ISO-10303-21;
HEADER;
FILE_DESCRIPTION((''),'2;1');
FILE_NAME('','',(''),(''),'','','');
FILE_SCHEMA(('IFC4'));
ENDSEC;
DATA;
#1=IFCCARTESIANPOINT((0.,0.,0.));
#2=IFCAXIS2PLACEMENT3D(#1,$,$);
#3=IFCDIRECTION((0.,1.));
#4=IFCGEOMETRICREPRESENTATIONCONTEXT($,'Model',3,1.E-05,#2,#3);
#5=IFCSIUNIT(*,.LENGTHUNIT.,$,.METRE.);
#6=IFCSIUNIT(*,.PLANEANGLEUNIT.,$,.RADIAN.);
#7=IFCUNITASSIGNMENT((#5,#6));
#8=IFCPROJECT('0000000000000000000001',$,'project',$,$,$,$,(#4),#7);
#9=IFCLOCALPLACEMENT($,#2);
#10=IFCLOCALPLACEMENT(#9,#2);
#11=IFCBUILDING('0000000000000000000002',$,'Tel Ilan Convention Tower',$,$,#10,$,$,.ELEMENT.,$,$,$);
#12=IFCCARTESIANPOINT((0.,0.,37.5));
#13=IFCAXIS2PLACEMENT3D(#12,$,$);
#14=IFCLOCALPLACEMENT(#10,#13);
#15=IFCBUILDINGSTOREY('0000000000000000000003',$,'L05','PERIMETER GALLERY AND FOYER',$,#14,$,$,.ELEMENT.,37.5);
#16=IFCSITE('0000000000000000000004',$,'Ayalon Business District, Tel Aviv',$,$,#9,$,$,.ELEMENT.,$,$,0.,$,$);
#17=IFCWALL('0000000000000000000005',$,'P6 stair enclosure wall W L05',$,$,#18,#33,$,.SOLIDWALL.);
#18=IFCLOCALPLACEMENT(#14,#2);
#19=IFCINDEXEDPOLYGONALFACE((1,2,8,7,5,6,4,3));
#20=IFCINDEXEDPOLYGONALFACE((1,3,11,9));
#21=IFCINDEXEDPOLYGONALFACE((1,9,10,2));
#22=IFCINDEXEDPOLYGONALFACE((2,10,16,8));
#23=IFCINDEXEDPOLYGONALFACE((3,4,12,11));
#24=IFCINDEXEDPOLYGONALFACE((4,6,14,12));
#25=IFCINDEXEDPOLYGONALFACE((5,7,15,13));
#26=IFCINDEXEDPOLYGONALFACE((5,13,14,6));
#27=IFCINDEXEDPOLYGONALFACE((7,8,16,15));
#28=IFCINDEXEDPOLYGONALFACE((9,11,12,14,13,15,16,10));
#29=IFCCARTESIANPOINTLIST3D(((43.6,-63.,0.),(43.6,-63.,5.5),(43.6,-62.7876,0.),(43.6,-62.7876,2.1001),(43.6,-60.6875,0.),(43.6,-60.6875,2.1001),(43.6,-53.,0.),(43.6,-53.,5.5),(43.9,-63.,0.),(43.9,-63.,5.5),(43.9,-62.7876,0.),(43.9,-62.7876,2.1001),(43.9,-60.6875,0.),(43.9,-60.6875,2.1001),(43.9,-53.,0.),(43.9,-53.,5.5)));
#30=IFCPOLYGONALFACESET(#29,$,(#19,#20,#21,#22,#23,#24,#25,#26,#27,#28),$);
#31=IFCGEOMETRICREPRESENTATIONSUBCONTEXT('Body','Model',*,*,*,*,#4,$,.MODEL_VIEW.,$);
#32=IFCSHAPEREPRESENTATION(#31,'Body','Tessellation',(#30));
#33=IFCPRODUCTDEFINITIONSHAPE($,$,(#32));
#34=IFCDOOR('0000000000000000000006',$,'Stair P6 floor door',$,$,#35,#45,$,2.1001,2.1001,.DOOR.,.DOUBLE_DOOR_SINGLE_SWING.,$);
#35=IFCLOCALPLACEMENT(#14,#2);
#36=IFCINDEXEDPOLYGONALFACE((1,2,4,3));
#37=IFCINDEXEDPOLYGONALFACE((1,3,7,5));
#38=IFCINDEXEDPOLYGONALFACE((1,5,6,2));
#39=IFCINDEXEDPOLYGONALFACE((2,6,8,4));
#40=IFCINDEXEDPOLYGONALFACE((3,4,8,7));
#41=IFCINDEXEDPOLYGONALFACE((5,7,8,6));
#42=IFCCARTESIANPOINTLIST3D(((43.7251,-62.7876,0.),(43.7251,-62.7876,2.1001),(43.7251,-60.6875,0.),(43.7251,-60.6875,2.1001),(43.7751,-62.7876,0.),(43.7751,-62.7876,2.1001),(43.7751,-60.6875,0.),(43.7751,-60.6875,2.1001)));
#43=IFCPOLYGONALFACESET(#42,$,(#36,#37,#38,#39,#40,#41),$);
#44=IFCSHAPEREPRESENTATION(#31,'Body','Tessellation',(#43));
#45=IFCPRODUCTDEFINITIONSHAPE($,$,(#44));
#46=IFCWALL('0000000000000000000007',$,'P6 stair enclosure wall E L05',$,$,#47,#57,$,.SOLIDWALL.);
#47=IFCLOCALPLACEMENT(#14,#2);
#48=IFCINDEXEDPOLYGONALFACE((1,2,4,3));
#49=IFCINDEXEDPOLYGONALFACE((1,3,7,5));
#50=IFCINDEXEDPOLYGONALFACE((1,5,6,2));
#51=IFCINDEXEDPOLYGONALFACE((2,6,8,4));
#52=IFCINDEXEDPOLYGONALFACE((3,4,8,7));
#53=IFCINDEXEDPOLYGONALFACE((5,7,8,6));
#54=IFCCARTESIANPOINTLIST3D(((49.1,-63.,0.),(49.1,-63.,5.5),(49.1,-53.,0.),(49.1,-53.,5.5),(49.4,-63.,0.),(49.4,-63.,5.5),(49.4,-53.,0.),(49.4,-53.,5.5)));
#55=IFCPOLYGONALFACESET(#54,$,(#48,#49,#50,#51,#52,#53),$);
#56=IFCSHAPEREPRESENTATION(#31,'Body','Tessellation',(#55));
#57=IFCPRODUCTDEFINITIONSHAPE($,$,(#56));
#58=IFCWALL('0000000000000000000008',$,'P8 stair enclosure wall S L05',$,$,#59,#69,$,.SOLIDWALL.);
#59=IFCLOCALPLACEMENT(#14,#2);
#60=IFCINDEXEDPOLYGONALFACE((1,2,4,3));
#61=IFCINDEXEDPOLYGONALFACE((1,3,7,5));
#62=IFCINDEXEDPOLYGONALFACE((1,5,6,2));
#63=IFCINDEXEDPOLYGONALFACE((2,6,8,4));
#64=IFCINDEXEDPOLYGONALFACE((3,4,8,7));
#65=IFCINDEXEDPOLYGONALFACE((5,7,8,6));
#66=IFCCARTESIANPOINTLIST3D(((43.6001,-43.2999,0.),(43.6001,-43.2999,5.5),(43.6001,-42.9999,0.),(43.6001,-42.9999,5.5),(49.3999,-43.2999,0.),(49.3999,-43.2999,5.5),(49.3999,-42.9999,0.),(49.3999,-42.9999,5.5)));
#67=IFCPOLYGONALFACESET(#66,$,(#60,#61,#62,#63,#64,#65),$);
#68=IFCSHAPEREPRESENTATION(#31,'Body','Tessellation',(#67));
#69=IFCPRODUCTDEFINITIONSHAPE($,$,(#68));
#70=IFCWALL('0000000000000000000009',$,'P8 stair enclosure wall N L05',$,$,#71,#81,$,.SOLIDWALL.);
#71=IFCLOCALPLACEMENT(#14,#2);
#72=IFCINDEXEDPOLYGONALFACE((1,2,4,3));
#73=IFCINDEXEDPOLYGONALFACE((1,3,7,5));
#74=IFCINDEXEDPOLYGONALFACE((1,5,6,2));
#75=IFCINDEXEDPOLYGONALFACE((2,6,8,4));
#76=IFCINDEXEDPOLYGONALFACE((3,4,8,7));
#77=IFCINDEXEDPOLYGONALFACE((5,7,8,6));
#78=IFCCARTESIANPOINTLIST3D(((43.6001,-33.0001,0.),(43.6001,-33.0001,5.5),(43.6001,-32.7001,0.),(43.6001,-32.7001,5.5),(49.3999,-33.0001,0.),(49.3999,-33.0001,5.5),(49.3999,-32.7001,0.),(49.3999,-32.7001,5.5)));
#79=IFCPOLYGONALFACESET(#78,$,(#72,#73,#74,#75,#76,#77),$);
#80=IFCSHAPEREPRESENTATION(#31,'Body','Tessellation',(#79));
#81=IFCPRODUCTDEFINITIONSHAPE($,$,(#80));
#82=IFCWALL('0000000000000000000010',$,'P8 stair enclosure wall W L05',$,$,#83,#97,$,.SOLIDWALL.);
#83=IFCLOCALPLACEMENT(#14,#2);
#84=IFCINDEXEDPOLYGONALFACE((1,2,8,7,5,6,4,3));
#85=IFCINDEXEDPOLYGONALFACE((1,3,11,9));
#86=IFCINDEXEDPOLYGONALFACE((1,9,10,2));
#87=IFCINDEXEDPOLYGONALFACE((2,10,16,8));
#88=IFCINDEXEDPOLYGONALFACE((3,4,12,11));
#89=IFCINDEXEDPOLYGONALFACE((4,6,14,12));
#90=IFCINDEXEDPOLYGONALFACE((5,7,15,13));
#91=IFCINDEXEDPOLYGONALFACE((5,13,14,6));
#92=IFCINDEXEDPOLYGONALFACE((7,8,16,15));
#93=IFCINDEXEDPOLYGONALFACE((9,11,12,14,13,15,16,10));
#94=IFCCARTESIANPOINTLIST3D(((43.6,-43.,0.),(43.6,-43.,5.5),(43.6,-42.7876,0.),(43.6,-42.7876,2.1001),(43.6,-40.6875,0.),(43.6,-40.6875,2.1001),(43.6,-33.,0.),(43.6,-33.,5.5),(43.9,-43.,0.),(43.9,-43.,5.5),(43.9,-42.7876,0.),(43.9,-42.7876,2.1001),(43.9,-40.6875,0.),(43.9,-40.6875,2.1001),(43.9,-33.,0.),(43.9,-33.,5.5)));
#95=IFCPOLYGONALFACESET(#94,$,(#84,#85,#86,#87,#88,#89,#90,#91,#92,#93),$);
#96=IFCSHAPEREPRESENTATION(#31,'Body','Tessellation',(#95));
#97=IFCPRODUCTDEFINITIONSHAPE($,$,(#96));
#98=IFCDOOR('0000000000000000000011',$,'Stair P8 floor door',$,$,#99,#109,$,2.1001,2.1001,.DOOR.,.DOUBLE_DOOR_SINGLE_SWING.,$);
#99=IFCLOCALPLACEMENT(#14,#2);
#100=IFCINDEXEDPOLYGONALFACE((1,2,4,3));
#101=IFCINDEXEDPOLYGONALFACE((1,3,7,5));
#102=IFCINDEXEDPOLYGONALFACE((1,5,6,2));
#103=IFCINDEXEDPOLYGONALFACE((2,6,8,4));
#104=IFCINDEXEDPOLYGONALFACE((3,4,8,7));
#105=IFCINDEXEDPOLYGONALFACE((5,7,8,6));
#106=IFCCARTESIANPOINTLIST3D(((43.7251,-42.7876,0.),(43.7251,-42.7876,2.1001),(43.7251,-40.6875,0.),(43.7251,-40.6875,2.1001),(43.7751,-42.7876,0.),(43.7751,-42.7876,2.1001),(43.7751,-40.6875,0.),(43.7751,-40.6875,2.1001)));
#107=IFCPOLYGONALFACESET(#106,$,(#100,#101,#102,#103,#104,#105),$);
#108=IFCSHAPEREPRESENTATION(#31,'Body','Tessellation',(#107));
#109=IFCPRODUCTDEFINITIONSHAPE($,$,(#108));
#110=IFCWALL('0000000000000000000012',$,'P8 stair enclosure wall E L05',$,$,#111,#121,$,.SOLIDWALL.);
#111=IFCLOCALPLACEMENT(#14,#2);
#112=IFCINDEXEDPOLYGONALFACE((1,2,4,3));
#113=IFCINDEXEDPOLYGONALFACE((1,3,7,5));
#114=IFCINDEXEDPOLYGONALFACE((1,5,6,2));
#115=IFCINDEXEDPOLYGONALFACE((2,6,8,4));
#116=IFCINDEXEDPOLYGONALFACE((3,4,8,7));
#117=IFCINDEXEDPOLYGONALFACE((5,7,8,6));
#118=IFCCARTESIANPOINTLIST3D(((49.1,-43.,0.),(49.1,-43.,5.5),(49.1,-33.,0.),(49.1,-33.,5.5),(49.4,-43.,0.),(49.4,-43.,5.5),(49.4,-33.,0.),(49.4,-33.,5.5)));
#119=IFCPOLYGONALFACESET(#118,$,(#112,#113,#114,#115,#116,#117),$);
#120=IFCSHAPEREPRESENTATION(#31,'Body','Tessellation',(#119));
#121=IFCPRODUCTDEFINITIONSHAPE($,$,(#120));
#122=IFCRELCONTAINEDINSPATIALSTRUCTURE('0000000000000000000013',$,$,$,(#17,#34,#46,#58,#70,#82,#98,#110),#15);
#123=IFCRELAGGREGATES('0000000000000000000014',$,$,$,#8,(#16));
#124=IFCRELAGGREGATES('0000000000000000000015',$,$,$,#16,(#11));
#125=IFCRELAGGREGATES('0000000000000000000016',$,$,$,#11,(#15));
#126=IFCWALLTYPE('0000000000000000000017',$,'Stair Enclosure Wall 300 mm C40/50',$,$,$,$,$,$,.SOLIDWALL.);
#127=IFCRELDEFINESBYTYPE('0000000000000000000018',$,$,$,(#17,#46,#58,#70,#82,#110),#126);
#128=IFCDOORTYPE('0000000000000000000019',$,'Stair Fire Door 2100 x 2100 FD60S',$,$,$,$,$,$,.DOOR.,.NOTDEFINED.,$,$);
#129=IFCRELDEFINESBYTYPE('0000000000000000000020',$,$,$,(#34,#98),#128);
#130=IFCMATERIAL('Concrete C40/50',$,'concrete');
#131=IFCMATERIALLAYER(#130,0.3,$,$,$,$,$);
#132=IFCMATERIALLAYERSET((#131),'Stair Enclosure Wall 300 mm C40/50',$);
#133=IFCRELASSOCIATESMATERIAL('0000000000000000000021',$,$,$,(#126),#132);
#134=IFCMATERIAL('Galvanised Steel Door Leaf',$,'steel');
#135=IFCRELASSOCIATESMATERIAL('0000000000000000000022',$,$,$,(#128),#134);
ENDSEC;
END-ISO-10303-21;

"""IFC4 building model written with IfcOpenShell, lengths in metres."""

from ifc_helpers import new_model, si_unit, direction, frame, frame_2d, origin, place, context, subcontext, project, spatial, rectangle, extrude, material, layer, layer_set, type_object, element, fill, save


model = new_model("IFC4")

# Units and contexts
model_context = context("Model", 3, precision=1e-05, world=origin(), true_north=direction((0.0, 1.0)))
body_context = subcontext(model_context, "Body", "Model", "MODEL_VIEW")
ifc_project = project(units=[si_unit("LENGTHUNIT", "METRE"), si_unit("PLANEANGLEUNIT", "RADIAN")], contexts=[model_context])

# Site, building, storey
site_placement = place(None, origin())
site = spatial("IfcSite", under=ifc_project, at=site_placement, Name="Ayalon Business District, Tel Aviv", CompositionType="ELEMENT", RefElevation=0.0)
building_placement = place(site_placement, origin())
building = spatial("IfcBuilding", under=site, at=building_placement, Name="Tel Ilan Convention Tower", CompositionType="ELEMENT")
storey_placement = place(building_placement, frame((0.0, 0.0, 37.5)))
storey = spatial("IfcBuildingStorey", under=building, at=storey_placement, Name="L05", Description="PERIMETER GALLERY AND FOYER", CompositionType="ELEMENT", Elevation=37.5)

# Shared definitions
ifc_material_1 = material(Name="Concrete C40/50", Category="concrete")
ifc_layer_1 = layer(ifc_material_1, 0.3)
ifc_layer_set_1 = layer_set([ifc_layer_1], Name="Stair Enclosure Wall 300 mm C40/50")
wall_type_1 = type_object("IfcWallType", Name="Stair Enclosure Wall 300 mm C40/50", PredefinedType="SOLIDWALL", material=ifc_layer_set_1)

# Wall, opening, door
wall_1_placement = place(storey_placement, frame((43.75, -63.0, 0.0), z_axis=(0.0, 0.0, 1.0), x_axis=(0.0, 1.0, 0.0)))
wall_1 = element("IfcWall", 1, at=wall_1_placement, inside=storey, type_object=wall_type_1, Name="P6 stair enclosure wall W L05", PredefinedType="SOLIDWALL", context=body_context, shape_type="SweptSolid", body=[
    extrude(rectangle(XDim=10.0, YDim=0.3, at=frame_2d((5.0, 0.0))), origin(), (0.0, 0.0, 1.0), 5.5),
])
opening_1_placement = place(wall_1_placement, frame((0.2124, 0.0, 0.0)))
opening_1 = element("IfcOpeningElement", 2, at=opening_1_placement, cuts=wall_1, PredefinedType="OPENING", context=body_context, shape_type="SweptSolid", body=[
    extrude(rectangle(XDim=2.1001, YDim=2.1001, at=frame_2d((1.05, 1.05))), frame((0.0, 0.1599, 0.0), z_axis=(0.0, -1.0, 0.0), x_axis=(1.0, 0.0, 0.0)), (0.0, 0.0, 1.0), 0.3201),
])
ifc_material_2 = material(Name="Galvanised Steel Door Leaf", Category="steel")
door_type_1 = type_object("IfcDoorType", Name="Stair Fire Door 2100 x 2100 FD60S", OperationType="NOTDEFINED", PredefinedType="DOOR", material=ifc_material_2)
door_1_placement = place(opening_1_placement, origin())
door_1 = element("IfcDoor", 3, at=door_1_placement, inside=storey, type_object=door_type_1, Name="Stair P6 floor door", OperationType="DOUBLE_DOOR_SINGLE_SWING", OverallHeight=2.1001, OverallWidth=2.1001, PredefinedType="DOOR", context=body_context, shape_type="SweptSolid", body=[
    extrude(rectangle(XDim=2.1001, YDim=2.1001, at=frame_2d((1.05, 1.05))), frame((0.0, 0.0249, 0.0), z_axis=(0.0, -1.0, 0.0), x_axis=(1.0, 0.0, 0.0)), (0.0, 0.0, 1.0), 0.05),
])
fill(opening_1, door_1)

# Walls
wall_2_placement = place(storey_placement, frame((49.25, -63.0, 0.0), z_axis=(0.0, 0.0, 1.0), x_axis=(0.0, 1.0, 0.0)))
element("IfcWall", 4, at=wall_2_placement, inside=storey, type_object=wall_type_1, Name="P6 stair enclosure wall E L05", PredefinedType="SOLIDWALL", context=body_context, shape_type="SweptSolid", body=[
    extrude(rectangle(XDim=10.0, YDim=0.3, at=frame_2d((5.0, 0.0))), origin(), (0.0, 0.0, 1.0), 5.5),
])
for number, where, z_axis, x_axis, name in (
    (5, (43.6001, -43.1499, 0.0), (0.0, 0.0, 1.0), (1.0, 0.0, 0.0), "P8 stair enclosure wall S L05"),
    (6, (43.6001, -32.8501, 0.0), (0.0, 0.0, 1.0), (1.0, 0.0, 0.0), "P8 stair enclosure wall N L05"),
):
    element("IfcWall", number, at=place(storey_placement, frame(where, z_axis=z_axis, x_axis=x_axis)), inside=storey, type_object=wall_type_1, Name=name, PredefinedType="SOLIDWALL", context=body_context, shape_type="SweptSolid", body=[
        extrude(rectangle(XDim=5.7998, YDim=0.3, at=frame_2d((2.8999, 0.0))), origin(), (0.0, 0.0, 1.0), 5.5),
    ])

# Wall, opening, door
wall_3_placement = place(storey_placement, frame((43.75, -43.0, 0.0), z_axis=(0.0, 0.0, 1.0), x_axis=(0.0, 1.0, 0.0)))
wall_3 = element("IfcWall", 7, at=wall_3_placement, inside=storey, type_object=wall_type_1, Name="P8 stair enclosure wall W L05", PredefinedType="SOLIDWALL", context=body_context, shape_type="SweptSolid", body=[
    extrude(rectangle(XDim=10.0, YDim=0.3, at=frame_2d((5.0, 0.0))), origin(), (0.0, 0.0, 1.0), 5.5),
])
opening_2_placement = place(wall_3_placement, frame((0.2124, 0.0, 0.0)))
opening_2 = element("IfcOpeningElement", 8, at=opening_2_placement, cuts=wall_3, PredefinedType="OPENING", context=body_context, shape_type="SweptSolid", body=[
    extrude(rectangle(XDim=2.1001, YDim=2.1001, at=frame_2d((1.05, 1.05))), frame((0.0, 0.1599, 0.0), z_axis=(0.0, -1.0, 0.0), x_axis=(1.0, 0.0, 0.0)), (0.0, 0.0, 1.0), 0.3201),
])
door_2_placement = place(opening_2_placement, origin())
door_2 = element("IfcDoor", 9, at=door_2_placement, inside=storey, type_object=door_type_1, Name="Stair P8 floor door", OperationType="DOUBLE_DOOR_SINGLE_SWING", OverallHeight=2.1001, OverallWidth=2.1001, PredefinedType="DOOR", context=body_context, shape_type="SweptSolid", body=[
    extrude(rectangle(XDim=2.1001, YDim=2.1001, at=frame_2d((1.05, 1.05))), frame((0.0, 0.0249, 0.0), z_axis=(0.0, -1.0, 0.0), x_axis=(1.0, 0.0, 0.0)), (0.0, 0.0, 1.0), 0.05),
])
fill(opening_2, door_2)

# Wall
wall_4_placement = place(storey_placement, frame((49.25, -43.0, 0.0), z_axis=(0.0, 0.0, 1.0), x_axis=(0.0, 1.0, 0.0)))
element("IfcWall", 10, at=wall_4_placement, inside=storey, type_object=wall_type_1, Name="P8 stair enclosure wall E L05", PredefinedType="SOLIDWALL", context=body_context, shape_type="SweptSolid", body=[
    extrude(rectangle(XDim=10.0, YDim=0.3, at=frame_2d((5.0, 0.0))), origin(), (0.0, 0.0, 1.0), 5.5),
])

save(model, "model.ifc")
